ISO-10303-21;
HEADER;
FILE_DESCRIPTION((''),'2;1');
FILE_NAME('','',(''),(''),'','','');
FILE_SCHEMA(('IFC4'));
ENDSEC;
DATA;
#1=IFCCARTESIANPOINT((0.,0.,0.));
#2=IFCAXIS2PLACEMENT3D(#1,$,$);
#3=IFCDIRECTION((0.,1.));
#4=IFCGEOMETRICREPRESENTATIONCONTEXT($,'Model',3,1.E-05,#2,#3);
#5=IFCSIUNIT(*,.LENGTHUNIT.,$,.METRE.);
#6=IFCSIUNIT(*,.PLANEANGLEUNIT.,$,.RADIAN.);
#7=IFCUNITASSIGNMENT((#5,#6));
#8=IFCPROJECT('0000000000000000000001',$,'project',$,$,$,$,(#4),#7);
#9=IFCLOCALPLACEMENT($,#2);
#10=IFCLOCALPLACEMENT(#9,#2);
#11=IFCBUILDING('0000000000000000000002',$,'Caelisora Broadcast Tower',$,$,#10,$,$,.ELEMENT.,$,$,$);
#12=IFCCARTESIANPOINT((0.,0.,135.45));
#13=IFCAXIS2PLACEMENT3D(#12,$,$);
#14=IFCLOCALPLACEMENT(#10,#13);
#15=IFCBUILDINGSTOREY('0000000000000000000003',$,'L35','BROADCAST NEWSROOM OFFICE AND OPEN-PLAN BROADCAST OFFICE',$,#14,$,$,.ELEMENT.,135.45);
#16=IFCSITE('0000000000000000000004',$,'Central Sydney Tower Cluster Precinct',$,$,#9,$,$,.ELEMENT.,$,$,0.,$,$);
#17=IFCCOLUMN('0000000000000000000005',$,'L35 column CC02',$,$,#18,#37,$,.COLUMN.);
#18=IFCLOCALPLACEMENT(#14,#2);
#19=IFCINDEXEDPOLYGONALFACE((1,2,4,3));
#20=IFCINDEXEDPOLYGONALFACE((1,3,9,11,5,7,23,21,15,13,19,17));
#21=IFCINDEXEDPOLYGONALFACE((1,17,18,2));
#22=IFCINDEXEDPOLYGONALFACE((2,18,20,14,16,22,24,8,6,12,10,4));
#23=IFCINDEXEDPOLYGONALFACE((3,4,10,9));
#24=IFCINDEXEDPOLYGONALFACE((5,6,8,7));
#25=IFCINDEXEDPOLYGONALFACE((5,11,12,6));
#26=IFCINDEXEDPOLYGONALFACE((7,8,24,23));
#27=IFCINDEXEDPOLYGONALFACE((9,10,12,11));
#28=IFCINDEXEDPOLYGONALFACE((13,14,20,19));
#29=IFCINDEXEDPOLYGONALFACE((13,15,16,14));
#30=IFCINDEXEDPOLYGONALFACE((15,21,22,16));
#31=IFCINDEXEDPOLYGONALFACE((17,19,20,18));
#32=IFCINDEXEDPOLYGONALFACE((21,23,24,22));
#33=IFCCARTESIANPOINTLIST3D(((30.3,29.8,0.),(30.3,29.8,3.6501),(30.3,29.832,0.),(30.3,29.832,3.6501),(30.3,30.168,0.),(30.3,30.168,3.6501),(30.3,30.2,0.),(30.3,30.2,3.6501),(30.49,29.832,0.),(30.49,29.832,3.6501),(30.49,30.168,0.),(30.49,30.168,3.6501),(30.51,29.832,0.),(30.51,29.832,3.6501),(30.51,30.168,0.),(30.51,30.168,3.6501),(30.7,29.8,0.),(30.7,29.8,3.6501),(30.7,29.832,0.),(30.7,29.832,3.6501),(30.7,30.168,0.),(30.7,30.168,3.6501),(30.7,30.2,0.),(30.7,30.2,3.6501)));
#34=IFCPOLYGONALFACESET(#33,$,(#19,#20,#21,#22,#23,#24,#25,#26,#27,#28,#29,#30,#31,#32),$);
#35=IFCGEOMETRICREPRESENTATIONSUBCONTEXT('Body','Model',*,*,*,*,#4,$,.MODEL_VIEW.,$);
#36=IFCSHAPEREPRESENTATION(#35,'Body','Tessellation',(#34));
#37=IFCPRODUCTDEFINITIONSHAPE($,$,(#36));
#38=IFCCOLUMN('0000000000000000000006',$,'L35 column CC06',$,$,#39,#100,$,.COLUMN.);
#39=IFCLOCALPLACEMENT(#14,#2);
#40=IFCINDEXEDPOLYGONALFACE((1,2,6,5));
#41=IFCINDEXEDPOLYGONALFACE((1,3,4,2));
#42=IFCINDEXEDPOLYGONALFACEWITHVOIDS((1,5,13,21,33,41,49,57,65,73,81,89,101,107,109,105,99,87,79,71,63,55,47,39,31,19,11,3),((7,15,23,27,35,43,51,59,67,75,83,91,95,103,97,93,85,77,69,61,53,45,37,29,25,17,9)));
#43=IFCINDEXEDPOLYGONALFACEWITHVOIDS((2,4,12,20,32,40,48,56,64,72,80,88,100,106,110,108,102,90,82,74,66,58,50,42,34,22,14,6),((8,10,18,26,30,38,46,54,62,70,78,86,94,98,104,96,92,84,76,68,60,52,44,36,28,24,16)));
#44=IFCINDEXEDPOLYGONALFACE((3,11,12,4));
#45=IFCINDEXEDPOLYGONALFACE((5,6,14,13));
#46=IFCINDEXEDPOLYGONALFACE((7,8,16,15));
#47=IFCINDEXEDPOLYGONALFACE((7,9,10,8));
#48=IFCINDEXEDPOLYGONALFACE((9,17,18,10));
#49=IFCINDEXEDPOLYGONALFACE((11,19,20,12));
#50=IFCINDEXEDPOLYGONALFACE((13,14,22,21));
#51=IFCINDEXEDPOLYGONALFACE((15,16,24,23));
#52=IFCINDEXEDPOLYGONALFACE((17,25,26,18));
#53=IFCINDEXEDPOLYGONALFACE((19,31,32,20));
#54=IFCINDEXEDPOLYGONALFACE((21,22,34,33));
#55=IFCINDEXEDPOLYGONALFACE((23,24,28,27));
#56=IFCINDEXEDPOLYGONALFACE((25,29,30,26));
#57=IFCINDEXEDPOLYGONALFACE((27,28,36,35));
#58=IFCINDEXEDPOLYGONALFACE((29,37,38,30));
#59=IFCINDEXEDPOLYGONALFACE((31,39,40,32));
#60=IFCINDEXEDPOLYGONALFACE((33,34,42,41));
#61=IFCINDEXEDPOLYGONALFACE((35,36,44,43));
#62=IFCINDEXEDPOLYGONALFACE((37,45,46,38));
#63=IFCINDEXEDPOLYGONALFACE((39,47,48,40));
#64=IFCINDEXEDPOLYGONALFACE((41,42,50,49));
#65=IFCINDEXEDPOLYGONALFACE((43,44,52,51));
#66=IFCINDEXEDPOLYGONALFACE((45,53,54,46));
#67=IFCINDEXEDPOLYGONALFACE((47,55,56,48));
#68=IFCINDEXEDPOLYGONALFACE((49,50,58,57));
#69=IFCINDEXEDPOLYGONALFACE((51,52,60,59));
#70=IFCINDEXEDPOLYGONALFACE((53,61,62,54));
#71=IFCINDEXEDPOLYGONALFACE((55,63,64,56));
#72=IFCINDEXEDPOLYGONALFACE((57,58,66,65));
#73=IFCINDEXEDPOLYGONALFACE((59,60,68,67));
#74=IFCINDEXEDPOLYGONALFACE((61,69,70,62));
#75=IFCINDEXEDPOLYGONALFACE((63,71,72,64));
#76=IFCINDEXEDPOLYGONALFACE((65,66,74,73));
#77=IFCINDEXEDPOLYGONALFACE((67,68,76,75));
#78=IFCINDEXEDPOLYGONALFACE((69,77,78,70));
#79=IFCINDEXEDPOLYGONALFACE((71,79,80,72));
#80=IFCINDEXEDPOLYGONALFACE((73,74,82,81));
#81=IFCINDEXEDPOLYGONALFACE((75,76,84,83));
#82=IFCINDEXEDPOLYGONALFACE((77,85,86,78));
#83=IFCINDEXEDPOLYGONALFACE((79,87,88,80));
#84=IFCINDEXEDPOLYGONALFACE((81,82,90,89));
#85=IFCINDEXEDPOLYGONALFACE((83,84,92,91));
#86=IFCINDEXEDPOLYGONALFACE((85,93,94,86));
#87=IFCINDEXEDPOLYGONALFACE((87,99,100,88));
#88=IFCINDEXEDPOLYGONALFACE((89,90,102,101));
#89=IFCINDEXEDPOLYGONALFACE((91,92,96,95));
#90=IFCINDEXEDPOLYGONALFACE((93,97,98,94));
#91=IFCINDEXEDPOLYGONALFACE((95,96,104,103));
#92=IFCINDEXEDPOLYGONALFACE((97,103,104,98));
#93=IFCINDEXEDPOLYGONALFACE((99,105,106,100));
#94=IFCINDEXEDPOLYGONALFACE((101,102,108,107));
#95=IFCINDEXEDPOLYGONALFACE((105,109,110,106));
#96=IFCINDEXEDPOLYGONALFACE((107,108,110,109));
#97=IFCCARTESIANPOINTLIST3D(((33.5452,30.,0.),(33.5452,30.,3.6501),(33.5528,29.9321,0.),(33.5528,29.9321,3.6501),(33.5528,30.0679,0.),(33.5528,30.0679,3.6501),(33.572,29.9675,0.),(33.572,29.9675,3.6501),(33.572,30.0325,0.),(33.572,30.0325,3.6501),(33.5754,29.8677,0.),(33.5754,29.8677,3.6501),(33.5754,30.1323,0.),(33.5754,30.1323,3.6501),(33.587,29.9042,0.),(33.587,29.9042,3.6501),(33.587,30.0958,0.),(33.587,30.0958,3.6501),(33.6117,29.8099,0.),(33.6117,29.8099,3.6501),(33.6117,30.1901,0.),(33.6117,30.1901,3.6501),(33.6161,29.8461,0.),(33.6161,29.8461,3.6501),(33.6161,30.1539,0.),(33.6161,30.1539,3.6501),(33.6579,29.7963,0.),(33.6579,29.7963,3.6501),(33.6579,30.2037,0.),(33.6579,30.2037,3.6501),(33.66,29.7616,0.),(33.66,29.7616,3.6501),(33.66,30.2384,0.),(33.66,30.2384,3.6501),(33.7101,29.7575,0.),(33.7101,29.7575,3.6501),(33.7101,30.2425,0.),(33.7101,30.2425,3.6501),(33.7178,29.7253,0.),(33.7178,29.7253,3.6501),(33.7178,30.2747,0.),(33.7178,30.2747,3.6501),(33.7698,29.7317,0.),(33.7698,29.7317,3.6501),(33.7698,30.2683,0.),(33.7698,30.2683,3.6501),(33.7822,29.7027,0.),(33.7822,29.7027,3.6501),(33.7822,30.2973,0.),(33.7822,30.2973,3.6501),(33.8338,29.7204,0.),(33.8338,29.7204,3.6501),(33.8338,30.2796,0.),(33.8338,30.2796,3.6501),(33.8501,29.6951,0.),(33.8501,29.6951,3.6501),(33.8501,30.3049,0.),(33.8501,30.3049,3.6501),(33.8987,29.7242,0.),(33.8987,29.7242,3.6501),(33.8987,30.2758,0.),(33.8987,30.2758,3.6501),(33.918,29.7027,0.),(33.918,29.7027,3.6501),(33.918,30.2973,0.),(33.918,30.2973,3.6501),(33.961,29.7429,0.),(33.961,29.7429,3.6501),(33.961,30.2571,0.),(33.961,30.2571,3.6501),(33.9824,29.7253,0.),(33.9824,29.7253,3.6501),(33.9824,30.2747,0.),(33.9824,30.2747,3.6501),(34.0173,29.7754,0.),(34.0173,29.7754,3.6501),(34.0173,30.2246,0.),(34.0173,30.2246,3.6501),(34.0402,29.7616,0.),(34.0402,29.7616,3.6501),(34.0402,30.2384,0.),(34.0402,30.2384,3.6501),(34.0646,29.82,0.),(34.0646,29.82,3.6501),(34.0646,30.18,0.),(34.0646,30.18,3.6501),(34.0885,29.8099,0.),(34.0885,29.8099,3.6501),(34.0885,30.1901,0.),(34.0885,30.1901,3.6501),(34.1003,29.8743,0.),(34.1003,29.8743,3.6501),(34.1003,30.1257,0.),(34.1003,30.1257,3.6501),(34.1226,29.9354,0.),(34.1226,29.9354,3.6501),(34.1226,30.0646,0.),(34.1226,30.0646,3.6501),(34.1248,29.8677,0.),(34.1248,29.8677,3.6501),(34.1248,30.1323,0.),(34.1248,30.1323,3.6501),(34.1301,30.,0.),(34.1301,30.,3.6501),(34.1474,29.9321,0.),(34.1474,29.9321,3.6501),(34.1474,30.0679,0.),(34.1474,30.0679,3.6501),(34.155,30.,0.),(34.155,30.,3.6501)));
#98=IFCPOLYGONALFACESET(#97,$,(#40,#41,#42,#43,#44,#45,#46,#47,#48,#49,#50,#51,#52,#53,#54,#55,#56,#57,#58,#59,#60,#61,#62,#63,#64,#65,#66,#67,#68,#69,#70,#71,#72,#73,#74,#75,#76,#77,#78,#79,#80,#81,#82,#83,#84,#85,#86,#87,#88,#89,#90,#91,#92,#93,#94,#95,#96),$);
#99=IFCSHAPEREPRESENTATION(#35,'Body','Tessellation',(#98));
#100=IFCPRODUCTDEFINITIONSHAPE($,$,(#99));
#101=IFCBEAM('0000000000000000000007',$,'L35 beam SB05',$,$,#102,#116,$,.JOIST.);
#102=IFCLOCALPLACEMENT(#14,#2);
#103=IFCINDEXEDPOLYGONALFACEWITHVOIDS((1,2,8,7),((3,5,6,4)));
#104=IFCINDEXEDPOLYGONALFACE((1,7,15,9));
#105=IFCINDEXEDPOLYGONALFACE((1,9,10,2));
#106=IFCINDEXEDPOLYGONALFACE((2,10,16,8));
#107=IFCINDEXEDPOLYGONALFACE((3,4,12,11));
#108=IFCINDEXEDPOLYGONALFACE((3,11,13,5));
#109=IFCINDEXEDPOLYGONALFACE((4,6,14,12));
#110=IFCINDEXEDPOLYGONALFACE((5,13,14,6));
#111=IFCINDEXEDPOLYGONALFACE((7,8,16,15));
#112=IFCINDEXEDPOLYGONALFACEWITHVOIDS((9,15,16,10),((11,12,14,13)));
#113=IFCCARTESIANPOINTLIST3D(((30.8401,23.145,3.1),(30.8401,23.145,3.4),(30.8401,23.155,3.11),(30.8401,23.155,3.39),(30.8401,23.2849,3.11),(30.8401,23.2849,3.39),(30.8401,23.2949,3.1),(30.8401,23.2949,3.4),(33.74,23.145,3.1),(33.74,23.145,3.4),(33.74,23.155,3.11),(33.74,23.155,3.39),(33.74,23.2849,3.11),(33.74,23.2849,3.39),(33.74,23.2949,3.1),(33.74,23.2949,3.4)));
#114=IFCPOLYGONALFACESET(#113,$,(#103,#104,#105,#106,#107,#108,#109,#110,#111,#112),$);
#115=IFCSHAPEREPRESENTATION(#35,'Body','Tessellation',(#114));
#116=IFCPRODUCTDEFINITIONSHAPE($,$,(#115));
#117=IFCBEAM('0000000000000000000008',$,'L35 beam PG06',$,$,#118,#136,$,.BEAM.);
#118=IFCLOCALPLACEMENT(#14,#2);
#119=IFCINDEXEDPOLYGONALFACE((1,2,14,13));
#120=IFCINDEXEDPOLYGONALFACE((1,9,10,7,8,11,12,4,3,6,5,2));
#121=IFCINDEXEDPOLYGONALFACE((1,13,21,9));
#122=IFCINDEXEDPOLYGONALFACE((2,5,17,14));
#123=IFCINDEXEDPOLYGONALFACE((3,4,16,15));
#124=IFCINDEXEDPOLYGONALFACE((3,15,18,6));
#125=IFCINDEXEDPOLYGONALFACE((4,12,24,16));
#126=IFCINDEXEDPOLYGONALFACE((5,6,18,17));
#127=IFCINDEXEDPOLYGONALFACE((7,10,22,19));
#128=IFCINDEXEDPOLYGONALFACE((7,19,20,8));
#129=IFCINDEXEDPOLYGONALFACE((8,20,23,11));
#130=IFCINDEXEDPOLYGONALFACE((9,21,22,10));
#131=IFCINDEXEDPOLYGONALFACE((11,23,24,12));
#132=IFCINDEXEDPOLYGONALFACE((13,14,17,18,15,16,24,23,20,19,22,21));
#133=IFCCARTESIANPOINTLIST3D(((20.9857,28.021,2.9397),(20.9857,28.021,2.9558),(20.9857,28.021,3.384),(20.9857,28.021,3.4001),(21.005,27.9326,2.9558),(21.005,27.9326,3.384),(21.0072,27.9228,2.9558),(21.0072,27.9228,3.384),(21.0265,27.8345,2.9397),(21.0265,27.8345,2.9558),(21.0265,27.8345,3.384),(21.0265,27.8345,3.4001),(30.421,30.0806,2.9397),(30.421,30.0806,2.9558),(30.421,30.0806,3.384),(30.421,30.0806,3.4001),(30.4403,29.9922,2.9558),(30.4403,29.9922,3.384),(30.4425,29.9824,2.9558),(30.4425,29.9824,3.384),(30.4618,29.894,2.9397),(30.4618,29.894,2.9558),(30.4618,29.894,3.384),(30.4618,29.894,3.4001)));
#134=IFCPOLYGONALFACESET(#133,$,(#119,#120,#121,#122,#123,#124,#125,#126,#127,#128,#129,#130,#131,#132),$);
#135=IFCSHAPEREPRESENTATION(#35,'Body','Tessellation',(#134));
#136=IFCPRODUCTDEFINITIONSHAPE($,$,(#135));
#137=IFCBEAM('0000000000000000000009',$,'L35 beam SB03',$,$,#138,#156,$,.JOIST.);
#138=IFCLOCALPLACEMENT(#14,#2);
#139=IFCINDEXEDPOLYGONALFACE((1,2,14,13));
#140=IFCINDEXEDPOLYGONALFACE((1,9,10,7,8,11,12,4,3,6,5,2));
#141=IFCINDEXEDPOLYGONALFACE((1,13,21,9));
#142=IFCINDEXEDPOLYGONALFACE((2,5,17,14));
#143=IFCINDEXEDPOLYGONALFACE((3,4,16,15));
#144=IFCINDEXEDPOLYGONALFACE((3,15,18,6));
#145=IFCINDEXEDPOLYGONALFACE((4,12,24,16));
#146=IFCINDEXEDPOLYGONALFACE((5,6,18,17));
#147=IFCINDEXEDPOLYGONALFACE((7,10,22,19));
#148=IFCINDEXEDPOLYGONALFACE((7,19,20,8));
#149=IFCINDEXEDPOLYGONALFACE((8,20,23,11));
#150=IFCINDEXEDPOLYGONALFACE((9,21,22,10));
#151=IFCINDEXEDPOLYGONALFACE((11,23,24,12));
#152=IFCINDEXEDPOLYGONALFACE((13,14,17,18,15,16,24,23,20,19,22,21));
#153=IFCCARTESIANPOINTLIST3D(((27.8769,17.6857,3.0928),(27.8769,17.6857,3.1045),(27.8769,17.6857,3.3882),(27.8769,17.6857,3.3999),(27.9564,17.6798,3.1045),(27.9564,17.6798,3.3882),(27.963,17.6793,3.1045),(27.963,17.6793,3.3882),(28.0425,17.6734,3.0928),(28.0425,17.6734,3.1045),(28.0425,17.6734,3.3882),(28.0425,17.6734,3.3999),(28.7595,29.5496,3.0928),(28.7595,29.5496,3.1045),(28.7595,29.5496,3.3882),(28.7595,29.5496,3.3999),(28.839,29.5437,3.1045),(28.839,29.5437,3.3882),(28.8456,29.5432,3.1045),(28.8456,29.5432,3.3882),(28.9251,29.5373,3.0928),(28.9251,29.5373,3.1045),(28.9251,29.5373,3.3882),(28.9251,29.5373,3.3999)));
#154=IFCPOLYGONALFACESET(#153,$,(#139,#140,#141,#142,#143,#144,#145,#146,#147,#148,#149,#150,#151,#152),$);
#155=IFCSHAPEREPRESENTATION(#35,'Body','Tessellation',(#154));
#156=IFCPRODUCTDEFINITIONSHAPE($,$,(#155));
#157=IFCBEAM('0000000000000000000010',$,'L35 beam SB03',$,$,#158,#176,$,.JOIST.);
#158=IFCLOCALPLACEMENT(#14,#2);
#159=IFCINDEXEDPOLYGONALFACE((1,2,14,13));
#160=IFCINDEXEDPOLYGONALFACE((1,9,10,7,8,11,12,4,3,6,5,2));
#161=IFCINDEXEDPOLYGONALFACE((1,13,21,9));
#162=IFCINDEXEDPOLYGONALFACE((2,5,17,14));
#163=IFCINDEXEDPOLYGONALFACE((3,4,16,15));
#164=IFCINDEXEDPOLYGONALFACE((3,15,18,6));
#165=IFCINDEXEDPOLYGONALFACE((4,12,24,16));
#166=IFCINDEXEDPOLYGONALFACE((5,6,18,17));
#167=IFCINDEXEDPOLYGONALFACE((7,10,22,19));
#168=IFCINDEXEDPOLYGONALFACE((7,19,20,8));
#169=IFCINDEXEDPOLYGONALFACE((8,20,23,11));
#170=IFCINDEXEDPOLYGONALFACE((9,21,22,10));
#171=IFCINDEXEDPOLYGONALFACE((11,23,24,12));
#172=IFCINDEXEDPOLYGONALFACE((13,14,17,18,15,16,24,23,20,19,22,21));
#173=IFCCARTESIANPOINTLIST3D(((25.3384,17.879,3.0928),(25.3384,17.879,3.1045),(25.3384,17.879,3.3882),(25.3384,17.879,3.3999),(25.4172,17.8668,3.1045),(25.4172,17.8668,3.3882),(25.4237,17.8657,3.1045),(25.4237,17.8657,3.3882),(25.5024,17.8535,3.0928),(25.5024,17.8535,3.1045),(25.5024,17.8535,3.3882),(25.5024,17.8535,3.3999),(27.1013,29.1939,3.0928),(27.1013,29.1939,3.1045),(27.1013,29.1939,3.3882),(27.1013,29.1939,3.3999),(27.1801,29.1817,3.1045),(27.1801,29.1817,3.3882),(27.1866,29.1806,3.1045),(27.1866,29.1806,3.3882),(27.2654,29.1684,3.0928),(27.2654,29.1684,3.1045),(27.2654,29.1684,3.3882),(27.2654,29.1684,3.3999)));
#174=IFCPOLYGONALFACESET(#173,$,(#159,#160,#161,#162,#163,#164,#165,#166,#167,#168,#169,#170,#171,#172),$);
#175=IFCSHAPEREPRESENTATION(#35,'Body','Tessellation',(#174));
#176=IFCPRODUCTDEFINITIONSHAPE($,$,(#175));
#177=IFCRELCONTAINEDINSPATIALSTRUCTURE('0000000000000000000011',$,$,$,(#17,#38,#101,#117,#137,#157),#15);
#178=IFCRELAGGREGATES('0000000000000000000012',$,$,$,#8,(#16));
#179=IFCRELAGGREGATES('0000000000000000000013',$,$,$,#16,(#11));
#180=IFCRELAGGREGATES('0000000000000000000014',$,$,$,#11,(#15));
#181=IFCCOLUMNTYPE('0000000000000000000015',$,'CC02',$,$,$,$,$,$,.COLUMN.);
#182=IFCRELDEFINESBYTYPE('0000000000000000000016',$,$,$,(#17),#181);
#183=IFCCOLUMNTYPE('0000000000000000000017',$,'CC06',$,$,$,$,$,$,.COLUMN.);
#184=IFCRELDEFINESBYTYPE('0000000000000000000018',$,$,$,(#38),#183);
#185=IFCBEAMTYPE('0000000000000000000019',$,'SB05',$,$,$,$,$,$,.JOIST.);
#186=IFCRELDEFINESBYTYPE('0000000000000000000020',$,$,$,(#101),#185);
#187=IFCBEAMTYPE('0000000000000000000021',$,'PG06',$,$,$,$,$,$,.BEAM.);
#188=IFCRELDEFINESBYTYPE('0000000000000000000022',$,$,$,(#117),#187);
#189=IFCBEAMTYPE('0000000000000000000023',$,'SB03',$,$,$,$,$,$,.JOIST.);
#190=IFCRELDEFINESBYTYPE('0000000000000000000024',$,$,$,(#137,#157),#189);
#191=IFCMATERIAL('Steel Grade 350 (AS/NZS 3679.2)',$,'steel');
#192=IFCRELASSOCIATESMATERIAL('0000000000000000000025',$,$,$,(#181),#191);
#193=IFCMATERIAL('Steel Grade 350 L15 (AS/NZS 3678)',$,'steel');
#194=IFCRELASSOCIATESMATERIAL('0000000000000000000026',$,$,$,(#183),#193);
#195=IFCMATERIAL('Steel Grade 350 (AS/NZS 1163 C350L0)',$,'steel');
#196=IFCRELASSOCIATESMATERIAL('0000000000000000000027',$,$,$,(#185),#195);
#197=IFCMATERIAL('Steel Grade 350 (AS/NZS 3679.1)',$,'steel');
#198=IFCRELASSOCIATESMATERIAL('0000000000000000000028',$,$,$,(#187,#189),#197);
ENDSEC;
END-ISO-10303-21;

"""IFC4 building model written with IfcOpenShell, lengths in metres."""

from ifc_helpers import new_model, si_unit, direction, frame, origin, origin_2d, place, context, subcontext, project, spatial, hollow_rectangle, hollow_circle, i_section, extrude, source, transform, mapped, material, material_profile, profile_set, type_object, type_shapes, element, save


model = new_model("IFC4")

# Units and contexts
model_context = context("Model", 3, precision=1e-05, world=origin(), true_north=direction((0.0, 1.0)))
body_context = subcontext(model_context, "Body", "Model", "MODEL_VIEW")
ifc_project = project(units=[si_unit("LENGTHUNIT", "METRE"), si_unit("PLANEANGLEUNIT", "RADIAN")], contexts=[model_context])

# Site, building, storey
site_placement = place(None, origin())
site = spatial("IfcSite", under=ifc_project, at=site_placement, Name="Central Sydney Tower Cluster Precinct", CompositionType="ELEMENT", RefElevation=0.0)
building_placement = place(site_placement, origin())
building = spatial("IfcBuilding", under=site, at=building_placement, Name="Caelisora Broadcast Tower", CompositionType="ELEMENT")
storey_placement = place(building_placement, frame((0.0, 0.0, 135.45)))
storey = spatial("IfcBuildingStorey", under=building, at=storey_placement, Name="L35", Description="BROADCAST NEWSROOM OFFICE AND OPEN-PLAN BROADCAST OFFICE", CompositionType="ELEMENT", Elevation=135.45)

# Columns
ifc_material_1 = material(Name="Steel Grade 350 (AS/NZS 3679.2)", Category="steel")
ifc_material_profile_1 = material_profile(ifc_material_1, i_section(OverallWidth=0.3999, OverallDepth=0.3999, WebThickness=0.02, FlangeThickness=0.032, at=origin_2d()), Name="Steel Grade 350 (AS/NZS 3679.2)")
ifc_profile_set_1 = profile_set([ifc_material_profile_1], Name="Steel Grade 350 (AS/NZS 3679.2)")
column_type_1 = type_object("IfcColumnType", Name="CC02", PredefinedType="COLUMN", material=ifc_profile_set_1)
shared_shape_1 = source(origin(), body_context, "Body", "SweptSolid", [
    extrude(i_section(OverallWidth=0.3999, OverallDepth=0.3999, WebThickness=0.02, FlangeThickness=0.032, at=origin_2d()), origin(), (0.0, 0.0, 1.0), 3.6501),
])
type_shapes(column_type_1, [shared_shape_1])
column_1_placement = place(storey_placement, frame((30.5, 30.0, 0.0), z_axis=(0.0, 0.0, 1.0), x_axis=(1.0, 0.0, 0.0)))
element("IfcColumn", 1, at=column_1_placement, inside=storey, type_object=column_type_1, Name="L35 column CC02", PredefinedType="COLUMN", context=body_context, shape_type="MappedRepresentation", body=[
    mapped(shared_shape_1, transform((0.0, 0.0, 0.0), scale=1.0)),
])
ifc_material_2 = material(Name="Steel Grade 350 L15 (AS/NZS 3678)", Category="steel")
ifc_material_profile_2 = material_profile(ifc_material_2, hollow_circle(Radius=0.3049, WallThickness=0.0249, at=origin_2d()), Name="Steel Grade 350 L15 (AS/NZS 3678)")
ifc_profile_set_2 = profile_set([ifc_material_profile_2], Name="Steel Grade 350 L15 (AS/NZS 3678)")
column_type_2 = type_object("IfcColumnType", Name="CC06", PredefinedType="COLUMN", material=ifc_profile_set_2)
shared_shape_2 = source(origin(), body_context, "Body", "SweptSolid", [
    extrude(hollow_circle(Radius=0.3049, WallThickness=0.0249, at=origin_2d()), origin(), (0.0, 0.0, 1.0), 3.6501),
])
type_shapes(column_type_2, [shared_shape_2])
column_2_placement = place(storey_placement, frame((33.8501, 30.0, 0.0), z_axis=(0.0, 0.0, 1.0), x_axis=(1.0, 0.0, 0.0)))
element("IfcColumn", 2, at=column_2_placement, inside=storey, type_object=column_type_2, Name="L35 column CC06", PredefinedType="COLUMN", context=body_context, shape_type="MappedRepresentation", body=[
    mapped(shared_shape_2, transform((0.0, 0.0, 0.0), scale=1.0)),
])

# Beams
ifc_material_3 = material(Name="Steel Grade 350 (AS/NZS 1163 C350L0)", Category="steel")
ifc_material_profile_3 = material_profile(ifc_material_3, hollow_rectangle(XDim=0.1499, YDim=0.3, WallThickness=0.01, at=origin_2d()), Name="Steel Grade 350 (AS/NZS 1163 C350L0)")
ifc_profile_set_3 = profile_set([ifc_material_profile_3], Name="Steel Grade 350 (AS/NZS 1163 C350L0)")
beam_type_1 = type_object("IfcBeamType", Name="SB05", PredefinedType="JOIST", material=ifc_profile_set_3)
shared_shape_3 = source(origin(), body_context, "Body", "SweptSolid", [
    extrude(hollow_rectangle(XDim=0.1499, YDim=0.3, WallThickness=0.01, at=origin_2d()), origin(), (0.0, 0.0, 1.0), 2.8999),
])
type_shapes(beam_type_1, [shared_shape_3])
beam_1_placement = place(storey_placement, frame((30.8401, 23.22, 3.25), z_axis=(1.0, 0.0, 0.0), x_axis=(0.0, 1.0, 0.0)))
element("IfcBeam", 3, at=beam_1_placement, inside=storey, type_object=beam_type_1, Name="L35 beam SB05", PredefinedType="JOIST", context=body_context, shape_type="MappedRepresentation", body=[
    mapped(shared_shape_3, transform((0.0, 0.0, 0.0), scale=1.0)),
])
ifc_material_4 = material(Name="Steel Grade 350 (AS/NZS 3679.1)", Category="steel")
ifc_material_profile_4 = material_profile(ifc_material_4, i_section(OverallWidth=0.1909, OverallDepth=0.4604, WebThickness=0.01, FlangeThickness=0.0161, at=origin_2d()), Name="Steel Grade 350 (AS/NZS 3679.1)")
ifc_profile_set_4 = profile_set([ifc_material_profile_4], Name="Steel Grade 350 (AS/NZS 3679.1)")
beam_type_2 = type_object("IfcBeamType", Name="PG06", PredefinedType="BEAM", material=ifc_profile_set_4)
shared_shape_4 = source(origin(), body_context, "Body", "SweptSolid", [
    extrude(i_section(OverallWidth=0.1909, OverallDepth=0.4604, WebThickness=0.01, FlangeThickness=0.0161, at=origin_2d()), origin(), (0.0, 0.0, 1.0), 9.6575),
])
type_shapes(beam_type_2, [shared_shape_4])
beam_2_placement = place(storey_placement, frame((30.4414, 29.9873, 3.1699), z_axis=(-0.976995, -0.213262, 0.0), x_axis=(0.213262, -0.976995, 0.0)))
element("IfcBeam", 4, at=beam_2_placement, inside=storey, type_object=beam_type_2, Name="L35 beam PG06", PredefinedType="BEAM", context=body_context, shape_type="MappedRepresentation", body=[
    mapped(shared_shape_4, transform((0.0, 0.0, 0.0), scale=1.0)),
])
ifc_material_profile_5 = material_profile(ifc_material_4, i_section(OverallWidth=0.166, OverallDepth=0.3071, WebThickness=0.0066, FlangeThickness=0.0117, at=origin_2d()), Name="Steel Grade 350 (AS/NZS 3679.1)")
ifc_profile_set_5 = profile_set([ifc_material_profile_5], Name="Steel Grade 350 (AS/NZS 3679.1)")
beam_type_3 = type_object("IfcBeamType", Name="SB03", PredefinedType="JOIST", material=ifc_profile_set_5)
shared_shape_5 = source(origin(), body_context, "Body", "SweptSolid", [
    extrude(i_section(OverallWidth=0.166, OverallDepth=0.3071, WebThickness=0.0066, FlangeThickness=0.0117, at=origin_2d()), origin(), (0.0, 0.0, 1.0), 11.8967),
])
beam_3_placement = place(storey_placement, frame((28.8423, 29.5435, 3.2463), z_axis=(-0.074185, -0.997244, 0.0), x_axis=(0.997244, -0.074185, 0.0)))
element("IfcBeam", 5, at=beam_3_placement, inside=storey, type_object=beam_type_3, Name="L35 beam SB03", PredefinedType="JOIST", context=body_context, shape_type="MappedRepresentation", body=[
    mapped(shared_shape_5, transform((0.0, 0.0, 0.0), scale=1.0)),
])
shared_shape_6 = source(origin(), body_context, "Body", "SweptSolid", [
    extrude(i_section(OverallWidth=0.166, OverallDepth=0.3071, WebThickness=0.0066, FlangeThickness=0.0117, at=origin_2d()), origin(), (0.0, 0.0, 1.0), 11.4514),
])
beam_4_placement = place(storey_placement, frame((27.1833, 29.1812, 3.2463), z_axis=(-0.153949, -0.988079, 0.0), x_axis=(0.988079, -0.153949, 0.0)))
element("IfcBeam", 6, at=beam_4_placement, inside=storey, type_object=beam_type_3, Name="L35 beam SB03", PredefinedType="JOIST", context=body_context, shape_type="MappedRepresentation", body=[
    mapped(shared_shape_6, transform((0.0, 0.0, 0.0), scale=1.0)),
])

save(model, "model.ifc")
